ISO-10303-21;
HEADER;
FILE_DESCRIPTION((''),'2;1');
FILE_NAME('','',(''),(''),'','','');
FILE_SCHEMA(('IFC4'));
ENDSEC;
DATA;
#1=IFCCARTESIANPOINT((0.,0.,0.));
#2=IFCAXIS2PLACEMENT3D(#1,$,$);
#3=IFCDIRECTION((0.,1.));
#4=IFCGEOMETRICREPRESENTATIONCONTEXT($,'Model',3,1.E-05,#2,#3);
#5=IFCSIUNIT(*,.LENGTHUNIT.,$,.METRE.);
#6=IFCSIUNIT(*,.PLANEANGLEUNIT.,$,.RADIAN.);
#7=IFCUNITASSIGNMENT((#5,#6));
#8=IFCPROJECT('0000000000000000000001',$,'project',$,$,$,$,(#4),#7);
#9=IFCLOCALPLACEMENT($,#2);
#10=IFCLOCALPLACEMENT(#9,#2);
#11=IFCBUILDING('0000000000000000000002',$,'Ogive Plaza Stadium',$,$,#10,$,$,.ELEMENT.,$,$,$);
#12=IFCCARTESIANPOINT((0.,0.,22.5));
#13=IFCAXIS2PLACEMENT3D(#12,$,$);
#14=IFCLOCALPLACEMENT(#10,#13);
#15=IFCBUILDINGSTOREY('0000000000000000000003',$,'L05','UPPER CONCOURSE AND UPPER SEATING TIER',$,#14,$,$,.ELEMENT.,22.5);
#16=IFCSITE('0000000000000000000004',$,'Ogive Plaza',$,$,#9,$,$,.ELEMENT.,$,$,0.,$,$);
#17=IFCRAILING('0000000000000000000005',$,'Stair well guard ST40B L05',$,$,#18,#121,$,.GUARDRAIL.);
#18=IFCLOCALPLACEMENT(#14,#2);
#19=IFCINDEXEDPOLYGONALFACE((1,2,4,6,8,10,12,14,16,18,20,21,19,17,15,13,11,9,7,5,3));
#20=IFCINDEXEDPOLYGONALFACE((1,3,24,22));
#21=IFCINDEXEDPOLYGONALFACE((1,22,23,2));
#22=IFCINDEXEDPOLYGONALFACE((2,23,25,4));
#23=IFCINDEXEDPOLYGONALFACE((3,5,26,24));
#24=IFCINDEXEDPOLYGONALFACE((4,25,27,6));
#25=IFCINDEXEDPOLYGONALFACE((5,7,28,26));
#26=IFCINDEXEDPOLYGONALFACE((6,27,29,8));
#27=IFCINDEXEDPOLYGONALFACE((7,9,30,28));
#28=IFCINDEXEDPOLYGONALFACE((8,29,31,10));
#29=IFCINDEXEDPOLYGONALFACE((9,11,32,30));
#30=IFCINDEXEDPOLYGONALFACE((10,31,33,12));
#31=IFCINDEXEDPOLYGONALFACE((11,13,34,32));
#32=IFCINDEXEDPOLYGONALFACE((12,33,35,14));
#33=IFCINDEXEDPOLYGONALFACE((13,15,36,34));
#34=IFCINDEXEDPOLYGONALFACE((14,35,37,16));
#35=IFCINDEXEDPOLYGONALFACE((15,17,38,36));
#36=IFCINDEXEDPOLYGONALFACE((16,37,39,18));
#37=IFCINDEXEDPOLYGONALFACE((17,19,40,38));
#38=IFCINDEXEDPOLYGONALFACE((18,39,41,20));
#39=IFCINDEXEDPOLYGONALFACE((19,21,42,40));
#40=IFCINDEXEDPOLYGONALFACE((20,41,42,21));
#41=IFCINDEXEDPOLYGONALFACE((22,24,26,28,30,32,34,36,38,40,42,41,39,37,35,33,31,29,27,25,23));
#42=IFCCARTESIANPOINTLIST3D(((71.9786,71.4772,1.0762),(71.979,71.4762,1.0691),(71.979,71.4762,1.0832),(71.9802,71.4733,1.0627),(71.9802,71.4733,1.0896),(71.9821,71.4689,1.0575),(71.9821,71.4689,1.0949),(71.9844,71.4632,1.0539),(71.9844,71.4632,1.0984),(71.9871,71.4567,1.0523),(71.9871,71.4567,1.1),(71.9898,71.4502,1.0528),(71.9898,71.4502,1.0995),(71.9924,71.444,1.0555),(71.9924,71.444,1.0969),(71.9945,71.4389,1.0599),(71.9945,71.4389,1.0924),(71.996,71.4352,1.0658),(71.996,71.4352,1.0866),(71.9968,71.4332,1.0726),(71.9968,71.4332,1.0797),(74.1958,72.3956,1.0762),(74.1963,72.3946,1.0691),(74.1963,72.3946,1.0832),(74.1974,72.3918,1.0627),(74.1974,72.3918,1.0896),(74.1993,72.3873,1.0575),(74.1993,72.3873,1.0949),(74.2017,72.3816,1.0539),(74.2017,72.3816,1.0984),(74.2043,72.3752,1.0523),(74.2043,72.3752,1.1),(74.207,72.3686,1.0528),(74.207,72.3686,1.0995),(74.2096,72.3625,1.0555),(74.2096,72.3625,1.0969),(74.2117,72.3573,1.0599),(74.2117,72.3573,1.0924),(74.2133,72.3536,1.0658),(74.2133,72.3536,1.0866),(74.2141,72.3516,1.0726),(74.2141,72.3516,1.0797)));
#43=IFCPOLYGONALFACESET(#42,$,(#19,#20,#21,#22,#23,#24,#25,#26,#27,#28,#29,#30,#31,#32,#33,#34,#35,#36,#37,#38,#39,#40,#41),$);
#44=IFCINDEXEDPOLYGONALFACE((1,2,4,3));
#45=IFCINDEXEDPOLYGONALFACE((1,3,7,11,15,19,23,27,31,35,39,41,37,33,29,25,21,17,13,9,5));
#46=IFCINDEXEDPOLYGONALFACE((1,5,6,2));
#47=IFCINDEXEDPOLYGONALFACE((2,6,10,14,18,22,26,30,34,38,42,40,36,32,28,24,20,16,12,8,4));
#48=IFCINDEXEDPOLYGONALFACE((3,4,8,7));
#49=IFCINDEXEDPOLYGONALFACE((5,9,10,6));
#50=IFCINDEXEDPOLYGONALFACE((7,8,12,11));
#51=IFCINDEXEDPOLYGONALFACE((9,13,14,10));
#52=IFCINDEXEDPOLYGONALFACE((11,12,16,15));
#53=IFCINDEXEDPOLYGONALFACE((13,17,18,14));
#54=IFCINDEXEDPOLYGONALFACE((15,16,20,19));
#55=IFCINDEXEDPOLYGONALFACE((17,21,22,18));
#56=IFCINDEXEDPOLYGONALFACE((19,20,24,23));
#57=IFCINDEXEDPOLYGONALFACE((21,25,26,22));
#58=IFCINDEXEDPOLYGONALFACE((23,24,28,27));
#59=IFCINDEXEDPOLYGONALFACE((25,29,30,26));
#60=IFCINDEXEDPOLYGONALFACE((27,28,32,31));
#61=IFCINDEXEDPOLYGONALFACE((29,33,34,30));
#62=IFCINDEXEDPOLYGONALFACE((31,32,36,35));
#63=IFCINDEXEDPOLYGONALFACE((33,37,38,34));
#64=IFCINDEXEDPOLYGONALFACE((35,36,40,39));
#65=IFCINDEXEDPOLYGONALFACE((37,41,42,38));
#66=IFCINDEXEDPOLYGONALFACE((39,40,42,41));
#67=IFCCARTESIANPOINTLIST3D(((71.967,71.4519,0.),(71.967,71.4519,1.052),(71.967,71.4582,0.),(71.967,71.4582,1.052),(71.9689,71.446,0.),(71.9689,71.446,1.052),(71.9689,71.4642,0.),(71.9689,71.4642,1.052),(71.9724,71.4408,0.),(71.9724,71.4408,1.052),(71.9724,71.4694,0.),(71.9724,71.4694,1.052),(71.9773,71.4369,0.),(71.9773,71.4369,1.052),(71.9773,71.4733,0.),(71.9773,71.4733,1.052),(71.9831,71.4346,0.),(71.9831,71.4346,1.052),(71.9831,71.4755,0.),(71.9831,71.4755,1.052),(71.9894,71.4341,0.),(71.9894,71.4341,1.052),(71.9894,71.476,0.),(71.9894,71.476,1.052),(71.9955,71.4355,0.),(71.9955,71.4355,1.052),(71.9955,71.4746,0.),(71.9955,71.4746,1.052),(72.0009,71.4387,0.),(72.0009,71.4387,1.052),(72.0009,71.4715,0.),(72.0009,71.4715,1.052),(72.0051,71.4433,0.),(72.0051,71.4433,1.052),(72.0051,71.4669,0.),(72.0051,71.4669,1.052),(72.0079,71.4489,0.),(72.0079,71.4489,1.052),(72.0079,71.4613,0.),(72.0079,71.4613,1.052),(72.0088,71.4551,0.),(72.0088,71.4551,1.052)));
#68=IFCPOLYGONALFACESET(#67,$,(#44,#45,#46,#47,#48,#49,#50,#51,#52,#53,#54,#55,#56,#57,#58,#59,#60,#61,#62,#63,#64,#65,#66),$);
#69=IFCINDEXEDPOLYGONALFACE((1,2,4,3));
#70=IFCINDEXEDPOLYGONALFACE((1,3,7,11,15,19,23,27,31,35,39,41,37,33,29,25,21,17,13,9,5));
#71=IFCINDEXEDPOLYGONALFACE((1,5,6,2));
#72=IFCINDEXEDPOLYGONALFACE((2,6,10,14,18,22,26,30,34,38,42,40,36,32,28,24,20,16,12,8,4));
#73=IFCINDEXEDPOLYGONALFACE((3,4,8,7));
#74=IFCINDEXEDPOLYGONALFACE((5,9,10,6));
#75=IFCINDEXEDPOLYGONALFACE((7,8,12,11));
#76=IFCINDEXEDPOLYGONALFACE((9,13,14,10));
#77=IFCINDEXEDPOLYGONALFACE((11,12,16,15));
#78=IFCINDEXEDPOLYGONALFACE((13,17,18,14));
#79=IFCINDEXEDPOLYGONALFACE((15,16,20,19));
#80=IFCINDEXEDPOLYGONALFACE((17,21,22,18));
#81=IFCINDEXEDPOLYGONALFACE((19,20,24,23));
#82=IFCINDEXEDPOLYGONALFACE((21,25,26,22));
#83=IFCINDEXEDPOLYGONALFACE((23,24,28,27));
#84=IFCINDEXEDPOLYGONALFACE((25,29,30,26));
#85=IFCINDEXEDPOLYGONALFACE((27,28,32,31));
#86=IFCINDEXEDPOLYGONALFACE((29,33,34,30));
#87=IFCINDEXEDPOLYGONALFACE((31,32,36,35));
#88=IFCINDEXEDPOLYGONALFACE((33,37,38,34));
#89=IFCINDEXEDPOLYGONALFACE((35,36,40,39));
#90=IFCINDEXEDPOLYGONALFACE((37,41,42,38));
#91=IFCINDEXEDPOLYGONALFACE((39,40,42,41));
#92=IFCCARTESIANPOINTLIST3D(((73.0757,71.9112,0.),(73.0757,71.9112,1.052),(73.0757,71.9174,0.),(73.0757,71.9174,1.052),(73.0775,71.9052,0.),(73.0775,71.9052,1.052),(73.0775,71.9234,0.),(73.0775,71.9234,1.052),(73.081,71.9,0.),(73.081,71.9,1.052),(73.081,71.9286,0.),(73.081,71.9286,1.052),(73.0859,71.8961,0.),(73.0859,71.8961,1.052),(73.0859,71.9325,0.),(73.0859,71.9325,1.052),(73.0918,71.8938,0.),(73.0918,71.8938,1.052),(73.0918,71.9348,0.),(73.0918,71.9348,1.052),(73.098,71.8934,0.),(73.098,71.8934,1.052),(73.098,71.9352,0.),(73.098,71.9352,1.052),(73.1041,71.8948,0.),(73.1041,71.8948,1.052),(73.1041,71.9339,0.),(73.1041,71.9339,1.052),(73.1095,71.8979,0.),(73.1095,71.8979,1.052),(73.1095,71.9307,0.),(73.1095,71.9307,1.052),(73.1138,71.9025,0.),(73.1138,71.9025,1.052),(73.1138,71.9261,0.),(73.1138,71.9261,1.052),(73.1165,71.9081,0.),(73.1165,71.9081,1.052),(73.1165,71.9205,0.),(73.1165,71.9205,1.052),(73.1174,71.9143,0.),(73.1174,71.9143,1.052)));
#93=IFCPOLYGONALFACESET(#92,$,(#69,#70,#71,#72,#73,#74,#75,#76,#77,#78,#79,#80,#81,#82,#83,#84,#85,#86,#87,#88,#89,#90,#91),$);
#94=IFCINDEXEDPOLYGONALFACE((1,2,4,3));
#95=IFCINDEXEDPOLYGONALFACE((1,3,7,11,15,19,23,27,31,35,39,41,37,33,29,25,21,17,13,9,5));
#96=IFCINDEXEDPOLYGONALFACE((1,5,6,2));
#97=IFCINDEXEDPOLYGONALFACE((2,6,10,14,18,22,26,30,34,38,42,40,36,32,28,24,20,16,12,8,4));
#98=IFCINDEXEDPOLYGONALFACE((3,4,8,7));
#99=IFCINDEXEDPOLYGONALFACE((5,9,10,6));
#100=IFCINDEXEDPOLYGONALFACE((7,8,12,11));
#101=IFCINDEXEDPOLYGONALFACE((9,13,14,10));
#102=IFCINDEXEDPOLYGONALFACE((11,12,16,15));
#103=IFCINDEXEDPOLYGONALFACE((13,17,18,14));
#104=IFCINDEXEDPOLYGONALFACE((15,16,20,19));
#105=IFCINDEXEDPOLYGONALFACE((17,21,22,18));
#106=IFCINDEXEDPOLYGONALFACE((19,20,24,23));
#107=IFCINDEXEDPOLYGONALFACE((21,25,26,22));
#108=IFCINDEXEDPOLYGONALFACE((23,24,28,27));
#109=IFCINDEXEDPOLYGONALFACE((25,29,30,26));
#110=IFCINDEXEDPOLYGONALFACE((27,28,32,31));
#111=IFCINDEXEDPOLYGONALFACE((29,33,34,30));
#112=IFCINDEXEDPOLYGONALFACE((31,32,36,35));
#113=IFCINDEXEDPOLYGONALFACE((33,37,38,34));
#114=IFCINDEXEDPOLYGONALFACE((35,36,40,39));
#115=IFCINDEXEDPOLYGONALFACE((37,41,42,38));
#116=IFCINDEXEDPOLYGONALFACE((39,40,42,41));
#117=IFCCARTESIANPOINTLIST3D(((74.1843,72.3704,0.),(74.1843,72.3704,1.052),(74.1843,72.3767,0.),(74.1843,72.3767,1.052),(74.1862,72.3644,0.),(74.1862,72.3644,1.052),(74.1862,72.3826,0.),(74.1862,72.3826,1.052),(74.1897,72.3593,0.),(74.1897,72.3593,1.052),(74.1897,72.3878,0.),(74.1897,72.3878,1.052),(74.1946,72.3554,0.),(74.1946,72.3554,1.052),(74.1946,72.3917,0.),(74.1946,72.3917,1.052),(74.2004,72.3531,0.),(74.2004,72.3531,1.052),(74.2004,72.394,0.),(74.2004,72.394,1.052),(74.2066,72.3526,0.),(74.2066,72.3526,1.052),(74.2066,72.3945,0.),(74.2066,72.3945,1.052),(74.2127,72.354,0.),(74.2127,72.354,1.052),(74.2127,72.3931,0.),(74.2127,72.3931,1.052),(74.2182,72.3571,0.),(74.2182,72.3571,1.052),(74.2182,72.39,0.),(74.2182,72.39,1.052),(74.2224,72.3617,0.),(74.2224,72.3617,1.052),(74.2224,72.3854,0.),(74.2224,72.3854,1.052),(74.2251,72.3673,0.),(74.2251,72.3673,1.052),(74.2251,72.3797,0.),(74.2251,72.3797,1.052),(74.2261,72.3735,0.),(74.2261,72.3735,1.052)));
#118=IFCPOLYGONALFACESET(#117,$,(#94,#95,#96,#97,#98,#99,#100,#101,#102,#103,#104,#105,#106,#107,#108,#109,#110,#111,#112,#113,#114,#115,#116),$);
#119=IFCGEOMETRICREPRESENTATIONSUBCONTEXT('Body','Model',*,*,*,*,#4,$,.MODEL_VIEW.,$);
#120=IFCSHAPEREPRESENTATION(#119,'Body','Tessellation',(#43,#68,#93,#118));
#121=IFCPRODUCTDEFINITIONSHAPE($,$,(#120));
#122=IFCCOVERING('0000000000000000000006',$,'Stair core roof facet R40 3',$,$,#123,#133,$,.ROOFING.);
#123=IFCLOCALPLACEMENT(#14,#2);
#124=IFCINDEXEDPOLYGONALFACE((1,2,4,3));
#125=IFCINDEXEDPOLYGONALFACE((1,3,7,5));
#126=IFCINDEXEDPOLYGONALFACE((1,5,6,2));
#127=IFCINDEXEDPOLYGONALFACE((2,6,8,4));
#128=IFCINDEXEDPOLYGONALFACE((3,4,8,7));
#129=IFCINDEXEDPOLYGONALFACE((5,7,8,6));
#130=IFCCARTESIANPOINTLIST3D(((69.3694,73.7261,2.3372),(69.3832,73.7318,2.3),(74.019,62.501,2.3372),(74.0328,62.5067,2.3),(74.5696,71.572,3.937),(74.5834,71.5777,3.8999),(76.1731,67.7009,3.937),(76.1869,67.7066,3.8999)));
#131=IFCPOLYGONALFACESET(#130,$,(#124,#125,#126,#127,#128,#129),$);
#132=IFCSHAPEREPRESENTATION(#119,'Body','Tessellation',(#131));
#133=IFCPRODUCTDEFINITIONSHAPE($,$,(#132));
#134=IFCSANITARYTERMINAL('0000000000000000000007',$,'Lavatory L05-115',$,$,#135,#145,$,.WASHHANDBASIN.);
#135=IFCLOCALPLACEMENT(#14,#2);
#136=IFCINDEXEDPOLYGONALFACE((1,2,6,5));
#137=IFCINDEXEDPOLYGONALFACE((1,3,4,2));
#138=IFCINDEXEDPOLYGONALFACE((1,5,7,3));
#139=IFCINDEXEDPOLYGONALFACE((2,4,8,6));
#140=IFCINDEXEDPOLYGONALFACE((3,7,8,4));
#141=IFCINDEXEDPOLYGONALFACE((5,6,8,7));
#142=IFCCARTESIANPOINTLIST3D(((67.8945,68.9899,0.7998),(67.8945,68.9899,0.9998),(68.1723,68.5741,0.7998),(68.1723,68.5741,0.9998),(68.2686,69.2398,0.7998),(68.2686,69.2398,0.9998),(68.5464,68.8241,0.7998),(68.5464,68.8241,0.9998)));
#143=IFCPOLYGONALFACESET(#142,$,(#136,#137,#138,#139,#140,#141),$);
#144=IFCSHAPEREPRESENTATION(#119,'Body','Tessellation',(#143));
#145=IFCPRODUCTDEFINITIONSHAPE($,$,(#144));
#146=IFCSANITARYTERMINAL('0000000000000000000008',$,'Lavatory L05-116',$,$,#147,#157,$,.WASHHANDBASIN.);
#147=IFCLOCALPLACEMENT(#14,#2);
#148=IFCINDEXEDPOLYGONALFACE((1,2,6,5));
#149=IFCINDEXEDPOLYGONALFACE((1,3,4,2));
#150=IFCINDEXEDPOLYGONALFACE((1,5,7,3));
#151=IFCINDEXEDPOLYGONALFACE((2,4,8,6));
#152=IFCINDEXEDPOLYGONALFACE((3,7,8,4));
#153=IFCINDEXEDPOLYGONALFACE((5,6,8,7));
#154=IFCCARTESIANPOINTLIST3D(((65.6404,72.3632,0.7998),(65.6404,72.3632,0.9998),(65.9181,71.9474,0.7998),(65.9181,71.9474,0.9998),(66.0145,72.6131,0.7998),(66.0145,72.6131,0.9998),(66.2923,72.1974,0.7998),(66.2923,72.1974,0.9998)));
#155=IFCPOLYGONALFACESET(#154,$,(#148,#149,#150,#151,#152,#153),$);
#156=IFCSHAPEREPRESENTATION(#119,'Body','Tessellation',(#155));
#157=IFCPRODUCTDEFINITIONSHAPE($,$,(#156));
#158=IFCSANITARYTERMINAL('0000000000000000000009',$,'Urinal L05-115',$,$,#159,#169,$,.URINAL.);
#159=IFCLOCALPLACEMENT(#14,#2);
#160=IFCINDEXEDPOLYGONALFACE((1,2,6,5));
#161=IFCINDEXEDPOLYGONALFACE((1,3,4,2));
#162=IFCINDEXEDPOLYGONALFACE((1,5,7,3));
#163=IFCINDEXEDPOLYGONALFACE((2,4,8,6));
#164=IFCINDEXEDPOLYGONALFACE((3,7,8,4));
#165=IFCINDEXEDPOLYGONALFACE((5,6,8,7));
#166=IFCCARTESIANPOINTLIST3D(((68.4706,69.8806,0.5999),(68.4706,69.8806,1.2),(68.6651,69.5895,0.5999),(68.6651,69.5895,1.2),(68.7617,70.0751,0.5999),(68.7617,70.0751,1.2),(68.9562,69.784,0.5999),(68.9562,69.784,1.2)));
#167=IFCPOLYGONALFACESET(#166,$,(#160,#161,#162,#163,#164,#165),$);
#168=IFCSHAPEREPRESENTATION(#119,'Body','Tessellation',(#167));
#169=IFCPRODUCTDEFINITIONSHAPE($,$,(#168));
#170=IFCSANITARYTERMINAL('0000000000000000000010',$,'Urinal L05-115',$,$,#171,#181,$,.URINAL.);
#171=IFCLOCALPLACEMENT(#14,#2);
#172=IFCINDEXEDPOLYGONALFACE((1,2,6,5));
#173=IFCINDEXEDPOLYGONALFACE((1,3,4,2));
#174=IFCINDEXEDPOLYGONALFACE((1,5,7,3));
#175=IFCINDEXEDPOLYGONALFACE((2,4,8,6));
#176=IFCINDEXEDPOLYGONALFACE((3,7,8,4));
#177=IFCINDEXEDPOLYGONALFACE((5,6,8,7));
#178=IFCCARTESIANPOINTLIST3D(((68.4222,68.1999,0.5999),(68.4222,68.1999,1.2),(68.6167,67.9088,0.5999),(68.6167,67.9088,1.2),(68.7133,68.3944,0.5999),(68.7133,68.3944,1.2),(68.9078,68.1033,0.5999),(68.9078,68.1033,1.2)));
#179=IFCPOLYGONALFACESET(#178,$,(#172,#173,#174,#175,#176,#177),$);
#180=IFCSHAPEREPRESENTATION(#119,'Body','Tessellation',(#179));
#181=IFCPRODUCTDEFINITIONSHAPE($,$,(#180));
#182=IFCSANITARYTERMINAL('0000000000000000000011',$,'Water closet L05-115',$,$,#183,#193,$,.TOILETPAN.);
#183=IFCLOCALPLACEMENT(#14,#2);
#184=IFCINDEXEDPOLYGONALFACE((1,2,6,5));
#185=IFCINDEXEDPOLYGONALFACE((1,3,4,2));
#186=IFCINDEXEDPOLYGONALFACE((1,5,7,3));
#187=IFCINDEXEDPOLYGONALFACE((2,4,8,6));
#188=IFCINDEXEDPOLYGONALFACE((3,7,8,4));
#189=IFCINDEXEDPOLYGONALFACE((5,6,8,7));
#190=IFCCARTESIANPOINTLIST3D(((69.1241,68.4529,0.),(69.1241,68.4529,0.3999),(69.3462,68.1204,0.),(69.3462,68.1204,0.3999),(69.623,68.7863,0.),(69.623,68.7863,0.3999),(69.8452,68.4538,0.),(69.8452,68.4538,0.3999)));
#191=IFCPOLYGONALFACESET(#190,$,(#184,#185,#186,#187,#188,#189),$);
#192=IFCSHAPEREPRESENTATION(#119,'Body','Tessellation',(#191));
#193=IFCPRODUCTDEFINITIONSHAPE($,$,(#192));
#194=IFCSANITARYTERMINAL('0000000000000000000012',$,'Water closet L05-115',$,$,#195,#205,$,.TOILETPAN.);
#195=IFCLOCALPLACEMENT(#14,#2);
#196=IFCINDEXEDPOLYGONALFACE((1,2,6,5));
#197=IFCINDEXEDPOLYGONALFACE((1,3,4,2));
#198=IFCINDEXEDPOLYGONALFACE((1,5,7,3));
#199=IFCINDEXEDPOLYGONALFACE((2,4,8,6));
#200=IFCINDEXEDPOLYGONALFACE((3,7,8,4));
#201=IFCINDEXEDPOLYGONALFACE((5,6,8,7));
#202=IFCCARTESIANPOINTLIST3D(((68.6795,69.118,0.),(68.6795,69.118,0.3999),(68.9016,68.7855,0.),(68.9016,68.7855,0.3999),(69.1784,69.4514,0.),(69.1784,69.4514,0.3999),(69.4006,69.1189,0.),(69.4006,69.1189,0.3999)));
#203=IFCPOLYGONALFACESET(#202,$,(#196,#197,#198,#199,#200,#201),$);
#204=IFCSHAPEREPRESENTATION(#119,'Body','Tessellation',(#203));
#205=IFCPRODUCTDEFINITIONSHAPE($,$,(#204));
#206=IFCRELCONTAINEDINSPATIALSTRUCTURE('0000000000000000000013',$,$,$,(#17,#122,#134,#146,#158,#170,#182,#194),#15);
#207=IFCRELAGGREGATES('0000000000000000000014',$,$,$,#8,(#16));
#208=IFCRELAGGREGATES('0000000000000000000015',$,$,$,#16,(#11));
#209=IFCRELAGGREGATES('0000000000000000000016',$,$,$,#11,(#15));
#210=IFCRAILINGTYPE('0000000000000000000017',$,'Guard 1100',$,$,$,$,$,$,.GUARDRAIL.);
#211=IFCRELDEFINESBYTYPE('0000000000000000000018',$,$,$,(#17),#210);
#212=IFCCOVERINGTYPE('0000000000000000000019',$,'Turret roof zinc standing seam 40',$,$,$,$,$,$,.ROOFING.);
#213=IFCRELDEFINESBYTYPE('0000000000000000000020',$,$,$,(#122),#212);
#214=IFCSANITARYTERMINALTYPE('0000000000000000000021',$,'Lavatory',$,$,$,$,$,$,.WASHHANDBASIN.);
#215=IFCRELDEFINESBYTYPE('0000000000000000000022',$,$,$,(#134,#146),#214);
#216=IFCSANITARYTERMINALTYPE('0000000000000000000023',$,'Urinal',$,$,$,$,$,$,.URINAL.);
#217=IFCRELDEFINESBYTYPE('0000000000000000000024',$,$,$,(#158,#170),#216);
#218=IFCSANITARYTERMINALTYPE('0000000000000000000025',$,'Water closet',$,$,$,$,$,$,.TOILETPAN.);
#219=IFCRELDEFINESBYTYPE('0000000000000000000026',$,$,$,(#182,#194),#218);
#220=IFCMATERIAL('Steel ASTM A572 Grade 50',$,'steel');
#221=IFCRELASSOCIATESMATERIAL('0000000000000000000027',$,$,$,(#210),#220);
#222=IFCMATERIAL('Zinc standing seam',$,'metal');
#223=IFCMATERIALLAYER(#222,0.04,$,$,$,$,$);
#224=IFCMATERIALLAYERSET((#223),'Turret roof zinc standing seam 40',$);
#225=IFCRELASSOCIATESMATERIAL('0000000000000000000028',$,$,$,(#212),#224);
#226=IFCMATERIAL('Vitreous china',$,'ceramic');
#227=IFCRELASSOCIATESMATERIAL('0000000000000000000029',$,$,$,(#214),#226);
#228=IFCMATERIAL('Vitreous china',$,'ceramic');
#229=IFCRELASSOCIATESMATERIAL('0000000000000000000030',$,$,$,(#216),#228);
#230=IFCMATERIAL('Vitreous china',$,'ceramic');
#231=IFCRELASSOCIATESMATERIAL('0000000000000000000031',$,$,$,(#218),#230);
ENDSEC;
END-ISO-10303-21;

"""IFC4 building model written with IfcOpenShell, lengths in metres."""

from ifc_helpers import new_model, si_unit, direction, frame, origin, origin_2d, place, context, subcontext, project, spatial, polyline, rectangle, circle, outline, extrude, material, layer, layer_set, type_object, element, save


model = new_model("IFC4")

# Units and contexts
model_context = context("Model", 3, precision=1e-05, world=origin(), true_north=direction((0.0, 1.0)))
body_context = subcontext(model_context, "Body", "Model", "MODEL_VIEW")
ifc_project = project(units=[si_unit("LENGTHUNIT", "METRE"), si_unit("PLANEANGLEUNIT", "RADIAN")], contexts=[model_context])

# Site, building, storey
site_placement = place(None, origin())
site = spatial("IfcSite", under=ifc_project, at=site_placement, Name="Ogive Plaza", CompositionType="ELEMENT", RefElevation=0.0)
building_placement = place(site_placement, origin())
building = spatial("IfcBuilding", under=site, at=building_placement, Name="Ogive Plaza Stadium", CompositionType="ELEMENT")
storey_placement = place(building_placement, frame((0.0, 0.0, 22.5)))
storey = spatial("IfcBuildingStorey", under=building, at=storey_placement, Name="L05", Description="UPPER CONCOURSE AND UPPER SEATING TIER", CompositionType="ELEMENT", Elevation=22.5)

# Railing
ifc_material_1 = material(Name="Steel ASTM A572 Grade 50", Category="steel")
railing_type = type_object("IfcRailingType", Name="Guard 1100", PredefinedType="GUARDRAIL", material=ifc_material_1)
railing_placement = place(storey_placement, frame((71.9878, 71.4551, 0.0)))
element("IfcRailing", 1, at=railing_placement, inside=storey, type_object=railing_type, Name="Stair well guard ST40B L05", PredefinedType="GUARDRAIL", context=body_context, shape_type="SweptSolid", body=[
    extrude(circle(Radius=0.0239, at=origin_2d()), frame((0.0, 0.0, 1.0762), z_axis=(0.923875, 0.382693, 0.0), x_axis=(-0.382693, 0.923875, 0.0)), (0.0, 0.0, 1.0), 2.3999),
    extrude(circle(Radius=0.021, at=origin_2d()), origin(), (0.0, 0.0, 1.0), 1.052),
    extrude(circle(Radius=0.021, at=origin_2d()), frame((1.1086, 0.4592, 0.0)), (0.0, 0.0, 1.0), 1.052),
    extrude(circle(Radius=0.021, at=origin_2d()), frame((2.2173, 0.9185, 0.0)), (0.0, 0.0, 1.0), 1.052),
])

# Covering
ifc_material_2 = material(Name="Zinc standing seam", Category="metal")
ifc_layer_1 = layer(ifc_material_2, 0.04)
ifc_layer_set_1 = layer_set([ifc_layer_1], Name="Turret roof zinc standing seam 40")
covering_type = type_object("IfcCoveringType", Name="Turret roof zinc standing seam 40", PredefinedType="ROOFING", material=ifc_layer_set_1)
covering_placement = place(storey_placement, frame((69.3694, 73.7261, 2.3372), z_axis=(-0.344575, -0.14273, 0.927845), x_axis=(0.382689, -0.923877, -0.000001)))
element("IfcCovering", 2, at=covering_placement, inside=storey, type_object=covering_type, Name="Stair core roof facet R40 3", PredefinedType="ROOFING", context=body_context, shape_type="SweptSolid", body=[
    extrude(outline(polyline([(0.0, 0.0), (12.15, 0.0), (8.1702, 4.2896), (3.9801, 4.2895), (0.0, 0.0)])), origin(), (0.0, 0.0, -1.0), 0.04),
])

# Sanitary terminals
ifc_material_3 = material(Name="Vitreous china", Category="ceramic")
sanitary_terminal_type_1 = type_object("IfcSanitaryTerminalType", Name="Lavatory", PredefinedType="WASHHANDBASIN", material=ifc_material_3)
for number, where, z_axis, x_axis, name in (
    (3, (68.2205, 68.907, 0.7998), (0.0, 0.0, 1.0), (-0.55557, 0.83147, 0.0), "Lavatory L05-115"),
    (4, (65.9663, 72.2803, 0.7998), (0.0, 0.0, 1.0), (-0.55557, 0.83147, 0.0), "Lavatory L05-116"),
):
    element("IfcSanitaryTerminal", number, at=place(storey_placement, frame(where, z_axis=z_axis, x_axis=x_axis)), inside=storey, type_object=sanitary_terminal_type_1, Name=name, PredefinedType="WASHHANDBASIN", context=body_context, shape_type="SweptSolid", body=[
        extrude(rectangle(XDim=0.5, YDim=0.45, at=origin_2d()), origin(), (0.0, 0.0, 1.0), 0.2),
    ])
ifc_material_4 = material(Name="Vitreous china", Category="ceramic")
sanitary_terminal_type_2 = type_object("IfcSanitaryTerminalType", Name="Urinal", PredefinedType="URINAL", material=ifc_material_4)
for number, where, z_axis, x_axis, name in (
    (5, (68.7134, 69.8323, 0.5999), (0.0, 0.0, 1.0), (-0.55557, 0.83147, 0.0), "Urinal L05-115"),
    (6, (68.665, 68.1516, 0.5999), (0.0, 0.0, 1.0), (-0.55557, 0.83147, 0.0), "Urinal L05-115"),
):
    element("IfcSanitaryTerminal", number, at=place(storey_placement, frame(where, z_axis=z_axis, x_axis=x_axis)), inside=storey, type_object=sanitary_terminal_type_2, Name=name, PredefinedType="URINAL", context=body_context, shape_type="SweptSolid", body=[
        extrude(rectangle(XDim=0.3501, YDim=0.3501, at=origin_2d()), origin(), (0.0, 0.0, 1.0), 0.6001),
    ])
ifc_material_5 = material(Name="Vitreous china", Category="ceramic")
sanitary_terminal_type_3 = type_object("IfcSanitaryTerminalType", Name="Water closet", PredefinedType="TOILETPAN", material=ifc_material_5)
for number, where, z_axis, x_axis, name in (
    (7, (69.4846, 68.4534, 0.0), (0.0, 0.0, 1.0), (-0.55557, 0.83147, 0.0), "Water closet L05-115"),
    (8, (69.04, 69.1184, 0.0), (0.0, 0.0, 1.0), (-0.55557, 0.83147, 0.0), "Water closet L05-115"),
):
    element("IfcSanitaryTerminal", number, at=place(storey_placement, frame(where, z_axis=z_axis, x_axis=x_axis)), inside=storey, type_object=sanitary_terminal_type_3, Name=name, PredefinedType="TOILETPAN", context=body_context, shape_type="SweptSolid", body=[
        extrude(rectangle(XDim=0.3999, YDim=0.6001, at=origin_2d()), origin(), (0.0, 0.0, 1.0), 0.3999),
    ])

save(model, "model.ifc")
